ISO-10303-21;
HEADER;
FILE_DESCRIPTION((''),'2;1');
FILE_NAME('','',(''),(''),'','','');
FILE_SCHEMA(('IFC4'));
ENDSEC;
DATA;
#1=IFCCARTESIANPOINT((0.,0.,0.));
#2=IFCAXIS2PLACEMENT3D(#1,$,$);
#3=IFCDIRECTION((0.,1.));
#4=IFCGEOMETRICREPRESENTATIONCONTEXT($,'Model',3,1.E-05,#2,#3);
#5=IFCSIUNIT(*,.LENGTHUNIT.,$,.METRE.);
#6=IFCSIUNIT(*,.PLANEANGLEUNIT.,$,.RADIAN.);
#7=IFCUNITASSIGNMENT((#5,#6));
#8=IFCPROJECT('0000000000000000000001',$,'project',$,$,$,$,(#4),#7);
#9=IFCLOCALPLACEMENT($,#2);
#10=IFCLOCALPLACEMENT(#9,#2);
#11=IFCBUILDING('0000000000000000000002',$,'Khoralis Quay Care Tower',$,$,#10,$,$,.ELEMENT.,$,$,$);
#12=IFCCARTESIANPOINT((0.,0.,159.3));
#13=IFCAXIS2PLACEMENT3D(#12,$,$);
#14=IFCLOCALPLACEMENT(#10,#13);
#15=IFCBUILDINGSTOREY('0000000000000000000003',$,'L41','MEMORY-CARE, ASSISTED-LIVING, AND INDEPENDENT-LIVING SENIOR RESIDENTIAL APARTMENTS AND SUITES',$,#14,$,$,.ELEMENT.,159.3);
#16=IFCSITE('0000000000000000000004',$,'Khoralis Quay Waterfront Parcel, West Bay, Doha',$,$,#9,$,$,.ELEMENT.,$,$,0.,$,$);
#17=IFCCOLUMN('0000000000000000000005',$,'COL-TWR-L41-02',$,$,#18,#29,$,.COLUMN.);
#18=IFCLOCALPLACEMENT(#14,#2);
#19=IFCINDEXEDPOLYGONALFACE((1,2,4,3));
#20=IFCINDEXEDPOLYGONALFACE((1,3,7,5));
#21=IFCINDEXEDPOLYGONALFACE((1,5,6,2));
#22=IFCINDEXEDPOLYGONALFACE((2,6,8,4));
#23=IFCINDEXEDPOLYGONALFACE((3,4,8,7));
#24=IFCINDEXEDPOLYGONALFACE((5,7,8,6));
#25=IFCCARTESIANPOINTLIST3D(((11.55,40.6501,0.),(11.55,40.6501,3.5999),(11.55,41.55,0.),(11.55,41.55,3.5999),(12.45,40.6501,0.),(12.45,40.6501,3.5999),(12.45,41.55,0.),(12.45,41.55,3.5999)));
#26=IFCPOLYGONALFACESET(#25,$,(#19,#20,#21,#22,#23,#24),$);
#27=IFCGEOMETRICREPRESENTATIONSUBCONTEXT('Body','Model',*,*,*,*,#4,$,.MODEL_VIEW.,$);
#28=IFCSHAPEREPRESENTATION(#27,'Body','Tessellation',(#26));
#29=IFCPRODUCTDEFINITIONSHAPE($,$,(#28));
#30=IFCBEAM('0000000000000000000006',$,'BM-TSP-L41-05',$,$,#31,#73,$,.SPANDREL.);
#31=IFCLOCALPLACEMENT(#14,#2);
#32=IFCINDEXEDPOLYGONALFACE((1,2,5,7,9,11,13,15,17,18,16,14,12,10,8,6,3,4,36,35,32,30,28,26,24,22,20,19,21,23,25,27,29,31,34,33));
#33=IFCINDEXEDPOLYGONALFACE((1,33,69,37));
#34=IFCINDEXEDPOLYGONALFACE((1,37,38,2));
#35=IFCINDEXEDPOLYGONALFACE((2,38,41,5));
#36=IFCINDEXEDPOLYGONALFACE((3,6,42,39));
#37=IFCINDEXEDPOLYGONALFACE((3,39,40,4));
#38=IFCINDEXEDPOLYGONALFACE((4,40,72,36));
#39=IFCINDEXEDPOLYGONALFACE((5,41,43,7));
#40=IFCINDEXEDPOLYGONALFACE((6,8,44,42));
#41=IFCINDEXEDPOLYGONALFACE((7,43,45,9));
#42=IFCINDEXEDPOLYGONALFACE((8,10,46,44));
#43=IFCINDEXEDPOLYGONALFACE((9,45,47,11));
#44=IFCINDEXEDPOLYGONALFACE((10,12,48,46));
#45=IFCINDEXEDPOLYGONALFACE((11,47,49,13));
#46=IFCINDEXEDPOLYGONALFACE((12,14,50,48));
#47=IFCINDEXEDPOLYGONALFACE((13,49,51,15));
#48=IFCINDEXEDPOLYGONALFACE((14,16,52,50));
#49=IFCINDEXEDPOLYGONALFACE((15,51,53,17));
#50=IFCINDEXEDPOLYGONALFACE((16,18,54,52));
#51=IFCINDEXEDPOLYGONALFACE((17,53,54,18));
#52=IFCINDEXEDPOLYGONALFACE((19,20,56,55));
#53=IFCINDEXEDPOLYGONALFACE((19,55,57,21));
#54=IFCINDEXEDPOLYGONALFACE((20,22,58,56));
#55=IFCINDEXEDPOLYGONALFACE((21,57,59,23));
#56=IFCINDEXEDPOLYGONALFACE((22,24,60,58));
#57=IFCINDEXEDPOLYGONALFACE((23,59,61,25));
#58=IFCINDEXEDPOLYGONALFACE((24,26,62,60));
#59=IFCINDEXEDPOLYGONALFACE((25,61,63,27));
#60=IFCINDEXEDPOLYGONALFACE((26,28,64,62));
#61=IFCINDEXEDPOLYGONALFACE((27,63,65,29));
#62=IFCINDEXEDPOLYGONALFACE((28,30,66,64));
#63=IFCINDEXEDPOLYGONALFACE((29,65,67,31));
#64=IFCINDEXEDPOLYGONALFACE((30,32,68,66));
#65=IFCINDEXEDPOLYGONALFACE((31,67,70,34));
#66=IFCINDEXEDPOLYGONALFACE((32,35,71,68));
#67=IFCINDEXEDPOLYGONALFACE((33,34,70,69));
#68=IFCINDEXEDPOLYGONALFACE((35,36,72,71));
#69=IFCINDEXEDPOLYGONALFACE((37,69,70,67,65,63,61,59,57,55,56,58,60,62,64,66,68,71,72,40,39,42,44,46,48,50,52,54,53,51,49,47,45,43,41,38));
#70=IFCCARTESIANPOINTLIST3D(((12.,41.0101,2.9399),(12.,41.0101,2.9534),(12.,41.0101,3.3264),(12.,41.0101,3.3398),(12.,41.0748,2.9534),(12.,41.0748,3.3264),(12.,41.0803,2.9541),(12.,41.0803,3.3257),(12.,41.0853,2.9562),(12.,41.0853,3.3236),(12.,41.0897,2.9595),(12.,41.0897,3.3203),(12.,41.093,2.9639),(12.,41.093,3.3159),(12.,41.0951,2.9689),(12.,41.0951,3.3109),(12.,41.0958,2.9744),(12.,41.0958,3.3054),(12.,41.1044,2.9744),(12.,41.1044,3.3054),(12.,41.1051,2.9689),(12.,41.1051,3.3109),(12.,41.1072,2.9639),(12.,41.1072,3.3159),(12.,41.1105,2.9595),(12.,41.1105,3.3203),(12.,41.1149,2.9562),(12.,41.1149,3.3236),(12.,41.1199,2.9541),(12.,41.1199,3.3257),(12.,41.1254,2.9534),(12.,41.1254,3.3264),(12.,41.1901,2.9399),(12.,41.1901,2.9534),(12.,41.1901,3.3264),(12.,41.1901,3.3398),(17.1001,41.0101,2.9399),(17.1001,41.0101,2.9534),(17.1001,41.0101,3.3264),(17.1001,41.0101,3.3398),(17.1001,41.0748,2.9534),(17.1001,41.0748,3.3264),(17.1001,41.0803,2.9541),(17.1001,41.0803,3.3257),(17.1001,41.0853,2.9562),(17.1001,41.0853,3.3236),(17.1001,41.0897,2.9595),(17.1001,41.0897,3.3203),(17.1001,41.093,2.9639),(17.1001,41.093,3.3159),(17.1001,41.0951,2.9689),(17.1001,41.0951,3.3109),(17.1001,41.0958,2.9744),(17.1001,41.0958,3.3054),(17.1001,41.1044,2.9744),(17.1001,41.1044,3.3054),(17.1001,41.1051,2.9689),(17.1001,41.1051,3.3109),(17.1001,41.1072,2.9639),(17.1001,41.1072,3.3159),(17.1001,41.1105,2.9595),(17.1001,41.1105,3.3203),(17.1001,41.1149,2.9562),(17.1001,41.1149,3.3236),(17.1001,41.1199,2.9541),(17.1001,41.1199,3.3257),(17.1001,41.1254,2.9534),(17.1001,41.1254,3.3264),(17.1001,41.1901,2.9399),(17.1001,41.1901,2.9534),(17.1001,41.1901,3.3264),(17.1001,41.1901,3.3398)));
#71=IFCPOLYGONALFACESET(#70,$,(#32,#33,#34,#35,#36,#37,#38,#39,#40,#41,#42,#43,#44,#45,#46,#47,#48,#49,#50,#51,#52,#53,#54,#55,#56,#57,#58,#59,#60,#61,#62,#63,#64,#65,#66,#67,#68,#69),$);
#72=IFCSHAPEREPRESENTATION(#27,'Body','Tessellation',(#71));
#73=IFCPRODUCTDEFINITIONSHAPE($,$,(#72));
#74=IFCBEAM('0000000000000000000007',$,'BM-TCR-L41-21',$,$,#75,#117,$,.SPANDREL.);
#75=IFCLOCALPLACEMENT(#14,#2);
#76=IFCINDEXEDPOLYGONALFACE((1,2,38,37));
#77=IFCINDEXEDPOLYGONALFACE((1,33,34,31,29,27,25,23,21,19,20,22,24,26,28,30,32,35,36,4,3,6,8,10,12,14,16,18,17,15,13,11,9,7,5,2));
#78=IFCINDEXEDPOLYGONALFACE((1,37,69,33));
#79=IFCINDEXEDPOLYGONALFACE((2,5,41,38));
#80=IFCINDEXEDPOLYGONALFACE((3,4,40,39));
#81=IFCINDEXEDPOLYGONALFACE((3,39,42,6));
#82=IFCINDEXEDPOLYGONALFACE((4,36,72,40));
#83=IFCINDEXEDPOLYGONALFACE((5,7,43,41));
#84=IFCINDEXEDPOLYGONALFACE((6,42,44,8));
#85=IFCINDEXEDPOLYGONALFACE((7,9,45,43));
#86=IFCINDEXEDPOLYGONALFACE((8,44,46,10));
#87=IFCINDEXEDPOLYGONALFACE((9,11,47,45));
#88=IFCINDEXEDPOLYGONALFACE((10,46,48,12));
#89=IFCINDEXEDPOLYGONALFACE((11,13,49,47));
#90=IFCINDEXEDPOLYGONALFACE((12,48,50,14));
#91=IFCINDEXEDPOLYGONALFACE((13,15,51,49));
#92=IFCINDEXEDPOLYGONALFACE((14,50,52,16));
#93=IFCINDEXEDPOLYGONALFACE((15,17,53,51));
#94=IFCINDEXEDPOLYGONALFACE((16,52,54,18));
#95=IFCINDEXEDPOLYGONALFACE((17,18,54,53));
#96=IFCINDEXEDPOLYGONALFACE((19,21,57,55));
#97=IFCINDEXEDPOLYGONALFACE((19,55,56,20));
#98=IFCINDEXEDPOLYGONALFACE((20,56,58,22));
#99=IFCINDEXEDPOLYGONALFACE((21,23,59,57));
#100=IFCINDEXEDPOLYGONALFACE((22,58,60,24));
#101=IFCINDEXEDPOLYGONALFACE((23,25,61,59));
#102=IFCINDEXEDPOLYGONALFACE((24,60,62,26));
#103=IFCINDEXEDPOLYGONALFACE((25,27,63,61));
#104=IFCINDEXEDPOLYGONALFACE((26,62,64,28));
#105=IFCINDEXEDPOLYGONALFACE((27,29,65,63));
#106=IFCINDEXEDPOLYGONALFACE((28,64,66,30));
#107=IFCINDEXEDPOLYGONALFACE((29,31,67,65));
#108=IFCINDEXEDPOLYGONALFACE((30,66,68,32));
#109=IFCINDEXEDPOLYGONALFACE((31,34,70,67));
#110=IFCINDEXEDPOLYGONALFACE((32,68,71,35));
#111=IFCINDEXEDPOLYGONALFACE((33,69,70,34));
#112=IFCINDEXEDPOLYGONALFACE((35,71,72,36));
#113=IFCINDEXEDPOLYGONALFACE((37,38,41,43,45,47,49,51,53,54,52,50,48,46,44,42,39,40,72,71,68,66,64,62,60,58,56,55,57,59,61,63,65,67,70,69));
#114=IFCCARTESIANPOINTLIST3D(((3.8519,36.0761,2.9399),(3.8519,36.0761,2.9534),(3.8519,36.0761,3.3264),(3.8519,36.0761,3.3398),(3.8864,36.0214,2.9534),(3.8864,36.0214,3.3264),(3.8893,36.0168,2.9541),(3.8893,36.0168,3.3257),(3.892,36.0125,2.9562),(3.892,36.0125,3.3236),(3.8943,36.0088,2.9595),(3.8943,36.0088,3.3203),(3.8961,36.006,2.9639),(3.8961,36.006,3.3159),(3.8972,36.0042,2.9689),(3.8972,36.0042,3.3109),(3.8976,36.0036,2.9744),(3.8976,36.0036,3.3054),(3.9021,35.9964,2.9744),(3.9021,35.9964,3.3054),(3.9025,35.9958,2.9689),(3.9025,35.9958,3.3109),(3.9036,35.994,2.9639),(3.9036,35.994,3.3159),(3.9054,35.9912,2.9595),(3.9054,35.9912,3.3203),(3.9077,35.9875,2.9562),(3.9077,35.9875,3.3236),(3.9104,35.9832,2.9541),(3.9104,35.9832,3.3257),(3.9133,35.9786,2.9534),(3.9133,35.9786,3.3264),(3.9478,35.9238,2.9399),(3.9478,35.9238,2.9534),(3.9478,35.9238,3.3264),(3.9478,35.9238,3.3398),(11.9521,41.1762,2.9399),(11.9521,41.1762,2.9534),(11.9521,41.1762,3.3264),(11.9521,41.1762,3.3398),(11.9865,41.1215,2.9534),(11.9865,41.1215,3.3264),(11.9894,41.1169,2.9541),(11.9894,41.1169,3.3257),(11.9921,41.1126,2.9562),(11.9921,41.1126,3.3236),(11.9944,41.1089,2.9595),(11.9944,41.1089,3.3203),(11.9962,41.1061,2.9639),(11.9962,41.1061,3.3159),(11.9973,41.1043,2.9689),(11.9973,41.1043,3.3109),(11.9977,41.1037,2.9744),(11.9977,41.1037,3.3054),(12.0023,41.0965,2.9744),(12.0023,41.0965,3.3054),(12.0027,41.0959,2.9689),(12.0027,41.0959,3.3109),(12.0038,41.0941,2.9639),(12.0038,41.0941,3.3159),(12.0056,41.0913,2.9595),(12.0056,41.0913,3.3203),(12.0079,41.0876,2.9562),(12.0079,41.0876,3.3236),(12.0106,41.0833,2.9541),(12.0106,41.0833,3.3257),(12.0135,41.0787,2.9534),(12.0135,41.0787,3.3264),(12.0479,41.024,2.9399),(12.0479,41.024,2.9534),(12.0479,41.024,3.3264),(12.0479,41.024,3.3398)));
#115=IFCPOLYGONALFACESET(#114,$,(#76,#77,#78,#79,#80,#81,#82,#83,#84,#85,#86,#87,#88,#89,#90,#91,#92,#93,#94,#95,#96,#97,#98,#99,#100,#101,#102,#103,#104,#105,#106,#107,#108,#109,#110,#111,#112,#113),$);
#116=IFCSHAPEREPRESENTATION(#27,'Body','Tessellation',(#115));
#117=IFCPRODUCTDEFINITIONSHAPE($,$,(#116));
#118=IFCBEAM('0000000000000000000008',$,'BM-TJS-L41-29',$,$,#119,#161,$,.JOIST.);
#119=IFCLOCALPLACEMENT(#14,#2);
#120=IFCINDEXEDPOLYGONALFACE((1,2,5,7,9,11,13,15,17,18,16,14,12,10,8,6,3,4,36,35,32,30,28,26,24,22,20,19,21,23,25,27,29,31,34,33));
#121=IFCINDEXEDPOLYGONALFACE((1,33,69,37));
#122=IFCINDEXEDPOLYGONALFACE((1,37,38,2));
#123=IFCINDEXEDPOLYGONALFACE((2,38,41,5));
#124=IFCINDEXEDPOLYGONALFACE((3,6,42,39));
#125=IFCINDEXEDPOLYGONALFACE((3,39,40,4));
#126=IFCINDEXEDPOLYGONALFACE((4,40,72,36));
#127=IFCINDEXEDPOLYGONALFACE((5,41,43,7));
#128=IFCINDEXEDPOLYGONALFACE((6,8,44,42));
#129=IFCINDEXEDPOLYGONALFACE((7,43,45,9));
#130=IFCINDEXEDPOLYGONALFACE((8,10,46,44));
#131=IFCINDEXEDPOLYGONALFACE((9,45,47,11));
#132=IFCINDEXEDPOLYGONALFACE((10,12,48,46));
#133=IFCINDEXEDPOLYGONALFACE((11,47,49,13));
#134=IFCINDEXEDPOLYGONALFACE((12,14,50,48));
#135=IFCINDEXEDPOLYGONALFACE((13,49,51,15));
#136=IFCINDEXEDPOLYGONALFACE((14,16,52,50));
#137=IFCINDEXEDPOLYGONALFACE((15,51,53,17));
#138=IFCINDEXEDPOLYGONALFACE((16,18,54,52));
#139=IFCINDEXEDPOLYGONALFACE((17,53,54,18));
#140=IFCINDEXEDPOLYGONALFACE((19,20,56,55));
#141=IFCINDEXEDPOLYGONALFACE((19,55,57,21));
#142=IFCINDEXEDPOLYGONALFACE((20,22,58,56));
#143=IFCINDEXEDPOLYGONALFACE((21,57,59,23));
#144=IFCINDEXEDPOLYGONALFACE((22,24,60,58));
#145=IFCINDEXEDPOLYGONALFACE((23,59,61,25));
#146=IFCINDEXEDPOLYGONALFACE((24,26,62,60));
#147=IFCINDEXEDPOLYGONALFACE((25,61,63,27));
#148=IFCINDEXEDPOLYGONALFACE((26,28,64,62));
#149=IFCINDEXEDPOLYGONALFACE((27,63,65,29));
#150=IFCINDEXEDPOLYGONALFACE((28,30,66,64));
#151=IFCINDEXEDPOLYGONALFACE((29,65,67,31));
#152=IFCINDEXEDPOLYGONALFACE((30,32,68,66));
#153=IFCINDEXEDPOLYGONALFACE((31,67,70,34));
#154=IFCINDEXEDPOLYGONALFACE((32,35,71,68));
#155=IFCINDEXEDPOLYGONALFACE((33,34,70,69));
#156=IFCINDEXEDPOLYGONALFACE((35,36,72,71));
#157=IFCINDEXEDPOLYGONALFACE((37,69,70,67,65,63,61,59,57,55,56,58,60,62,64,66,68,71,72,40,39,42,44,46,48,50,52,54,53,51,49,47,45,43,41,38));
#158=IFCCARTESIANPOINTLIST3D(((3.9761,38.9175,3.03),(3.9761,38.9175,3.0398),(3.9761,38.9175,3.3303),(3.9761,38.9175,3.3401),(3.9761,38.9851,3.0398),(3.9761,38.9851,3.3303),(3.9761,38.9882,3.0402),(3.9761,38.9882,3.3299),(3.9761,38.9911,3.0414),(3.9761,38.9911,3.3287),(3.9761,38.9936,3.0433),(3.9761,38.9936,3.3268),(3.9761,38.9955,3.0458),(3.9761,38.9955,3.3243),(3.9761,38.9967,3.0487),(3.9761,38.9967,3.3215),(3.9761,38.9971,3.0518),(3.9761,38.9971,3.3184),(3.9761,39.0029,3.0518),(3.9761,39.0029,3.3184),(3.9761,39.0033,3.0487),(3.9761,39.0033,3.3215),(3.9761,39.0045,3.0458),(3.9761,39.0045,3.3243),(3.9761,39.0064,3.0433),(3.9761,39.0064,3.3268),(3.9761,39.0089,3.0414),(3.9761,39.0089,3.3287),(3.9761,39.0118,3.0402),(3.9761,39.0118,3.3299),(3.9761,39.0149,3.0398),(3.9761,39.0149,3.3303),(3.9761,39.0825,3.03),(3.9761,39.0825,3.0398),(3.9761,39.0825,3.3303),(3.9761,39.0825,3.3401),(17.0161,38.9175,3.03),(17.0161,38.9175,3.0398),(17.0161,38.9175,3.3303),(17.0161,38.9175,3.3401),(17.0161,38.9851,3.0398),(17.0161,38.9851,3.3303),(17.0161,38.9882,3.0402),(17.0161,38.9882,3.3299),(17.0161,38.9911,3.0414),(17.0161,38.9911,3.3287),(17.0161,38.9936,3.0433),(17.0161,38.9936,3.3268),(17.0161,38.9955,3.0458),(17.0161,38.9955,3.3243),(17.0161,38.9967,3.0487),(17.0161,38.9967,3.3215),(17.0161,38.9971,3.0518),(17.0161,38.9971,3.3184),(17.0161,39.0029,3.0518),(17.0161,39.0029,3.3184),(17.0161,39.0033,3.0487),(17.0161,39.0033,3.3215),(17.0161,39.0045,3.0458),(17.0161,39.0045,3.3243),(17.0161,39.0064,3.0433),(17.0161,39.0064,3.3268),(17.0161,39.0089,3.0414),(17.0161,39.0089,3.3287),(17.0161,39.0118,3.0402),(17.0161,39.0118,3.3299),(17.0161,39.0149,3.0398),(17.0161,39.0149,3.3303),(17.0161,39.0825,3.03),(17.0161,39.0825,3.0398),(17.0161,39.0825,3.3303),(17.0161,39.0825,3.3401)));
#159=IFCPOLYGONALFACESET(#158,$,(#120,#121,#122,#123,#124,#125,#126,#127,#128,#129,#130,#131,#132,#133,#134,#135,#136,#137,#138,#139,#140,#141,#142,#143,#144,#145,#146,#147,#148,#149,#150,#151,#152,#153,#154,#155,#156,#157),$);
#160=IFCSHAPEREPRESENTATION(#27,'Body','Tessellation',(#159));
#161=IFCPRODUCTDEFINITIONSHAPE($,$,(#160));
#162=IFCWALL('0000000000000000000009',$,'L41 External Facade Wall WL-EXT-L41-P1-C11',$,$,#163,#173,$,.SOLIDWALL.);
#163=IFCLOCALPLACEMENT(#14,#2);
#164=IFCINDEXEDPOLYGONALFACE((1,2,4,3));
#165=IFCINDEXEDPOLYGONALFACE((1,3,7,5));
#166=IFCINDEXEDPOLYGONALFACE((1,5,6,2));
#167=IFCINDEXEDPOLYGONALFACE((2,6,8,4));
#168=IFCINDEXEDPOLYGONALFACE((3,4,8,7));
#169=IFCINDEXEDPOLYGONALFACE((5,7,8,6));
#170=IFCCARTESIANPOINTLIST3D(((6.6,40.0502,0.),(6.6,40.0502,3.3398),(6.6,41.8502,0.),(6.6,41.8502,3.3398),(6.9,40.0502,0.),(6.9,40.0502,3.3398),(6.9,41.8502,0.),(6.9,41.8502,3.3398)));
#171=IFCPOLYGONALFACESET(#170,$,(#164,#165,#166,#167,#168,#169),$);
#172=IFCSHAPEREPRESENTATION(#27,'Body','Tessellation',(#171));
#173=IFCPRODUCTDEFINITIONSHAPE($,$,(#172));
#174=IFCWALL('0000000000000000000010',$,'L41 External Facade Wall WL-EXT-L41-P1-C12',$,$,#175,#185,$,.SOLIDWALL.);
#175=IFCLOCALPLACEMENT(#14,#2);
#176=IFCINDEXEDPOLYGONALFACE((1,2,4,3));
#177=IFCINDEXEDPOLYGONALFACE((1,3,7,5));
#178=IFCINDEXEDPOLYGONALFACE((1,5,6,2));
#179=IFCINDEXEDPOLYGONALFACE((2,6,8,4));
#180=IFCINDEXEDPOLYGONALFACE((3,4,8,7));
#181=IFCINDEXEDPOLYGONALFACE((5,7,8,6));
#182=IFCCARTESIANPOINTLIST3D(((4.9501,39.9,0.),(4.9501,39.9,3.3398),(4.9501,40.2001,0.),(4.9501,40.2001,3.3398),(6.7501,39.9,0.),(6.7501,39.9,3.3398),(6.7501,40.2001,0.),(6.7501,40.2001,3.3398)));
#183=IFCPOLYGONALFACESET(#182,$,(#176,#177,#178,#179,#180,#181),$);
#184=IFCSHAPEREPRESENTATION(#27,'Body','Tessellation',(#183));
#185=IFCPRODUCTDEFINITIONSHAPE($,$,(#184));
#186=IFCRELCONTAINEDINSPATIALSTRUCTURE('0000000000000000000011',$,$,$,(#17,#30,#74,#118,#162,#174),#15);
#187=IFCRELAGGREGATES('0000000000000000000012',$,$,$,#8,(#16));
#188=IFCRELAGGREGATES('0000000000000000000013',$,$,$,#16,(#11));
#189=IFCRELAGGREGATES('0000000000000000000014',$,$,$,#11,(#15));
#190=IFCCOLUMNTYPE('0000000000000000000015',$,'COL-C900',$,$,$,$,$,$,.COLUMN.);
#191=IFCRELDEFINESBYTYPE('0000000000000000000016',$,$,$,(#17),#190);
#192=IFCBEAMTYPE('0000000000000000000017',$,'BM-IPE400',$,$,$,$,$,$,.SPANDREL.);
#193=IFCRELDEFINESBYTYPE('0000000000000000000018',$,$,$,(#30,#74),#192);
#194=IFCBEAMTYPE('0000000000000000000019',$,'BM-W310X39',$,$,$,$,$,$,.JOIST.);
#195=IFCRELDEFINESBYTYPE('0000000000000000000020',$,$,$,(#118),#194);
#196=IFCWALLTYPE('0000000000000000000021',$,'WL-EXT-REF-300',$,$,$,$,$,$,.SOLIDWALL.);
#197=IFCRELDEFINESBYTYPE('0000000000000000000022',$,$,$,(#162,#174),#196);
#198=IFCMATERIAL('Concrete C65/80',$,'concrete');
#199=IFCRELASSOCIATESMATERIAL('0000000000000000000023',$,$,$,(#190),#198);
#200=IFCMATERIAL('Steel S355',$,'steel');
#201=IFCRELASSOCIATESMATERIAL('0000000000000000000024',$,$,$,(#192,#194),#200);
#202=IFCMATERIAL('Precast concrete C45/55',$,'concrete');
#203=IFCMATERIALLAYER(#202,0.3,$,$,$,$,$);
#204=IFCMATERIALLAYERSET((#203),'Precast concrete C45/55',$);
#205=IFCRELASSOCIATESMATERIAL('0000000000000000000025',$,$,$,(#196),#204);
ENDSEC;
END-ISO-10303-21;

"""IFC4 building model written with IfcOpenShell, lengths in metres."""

from ifc_helpers import new_model, si_unit, direction, frame, frame_2d, origin, origin_2d, place, context, subcontext, project, spatial, rectangle, i_section, extrude, source, transform, mapped, material, layer, layer_set, material_profile, profile_set, type_object, element, save


model = new_model("IFC4")

# Units and contexts
model_context = context("Model", 3, precision=1e-05, world=origin(), true_north=direction((0.0, 1.0)))
body_context = subcontext(model_context, "Body", "Model", "MODEL_VIEW")
ifc_project = project(units=[si_unit("LENGTHUNIT", "METRE"), si_unit("PLANEANGLEUNIT", "RADIAN")], contexts=[model_context])

# Site, building, storey
site_placement = place(None, origin())
site = spatial("IfcSite", under=ifc_project, at=site_placement, Name="Khoralis Quay Waterfront Parcel, West Bay, Doha", CompositionType="ELEMENT", RefElevation=0.0)
building_placement = place(site_placement, origin())
building = spatial("IfcBuilding", under=site, at=building_placement, Name="Khoralis Quay Care Tower", CompositionType="ELEMENT")
storey_placement = place(building_placement, frame((0.0, 0.0, 159.3)))
storey = spatial("IfcBuildingStorey", under=building, at=storey_placement, Name="L41", Description="MEMORY-CARE, ASSISTED-LIVING, AND INDEPENDENT-LIVING SENIOR RESIDENTIAL APARTMENTS AND SUITES", CompositionType="ELEMENT", Elevation=159.3)

# Column
ifc_material_1 = material(Name="Concrete C65/80", Category="concrete")
ifc_material_profile_1 = material_profile(ifc_material_1, rectangle(XDim=0.8999, YDim=0.8999, at=origin_2d()), Name="Concrete C65/80")
ifc_profile_set_1 = profile_set([ifc_material_profile_1], Name="Concrete C65/80")
column_type = type_object("IfcColumnType", Name="COL-C900", PredefinedType="COLUMN", material=ifc_profile_set_1)
shared_shape_1 = source(origin(), body_context, "Body", "SweptSolid", [
    extrude(rectangle(XDim=0.8999, YDim=0.8999, at=origin_2d()), origin(), (0.0, 0.0, 1.0), 3.5999),
])
column_placement = place(storey_placement, frame((12.0, 41.1001, 0.0), z_axis=(0.0, 0.0, 1.0), x_axis=(1.0, 0.0, 0.0)))
element("IfcColumn", 1, at=column_placement, inside=storey, type_object=column_type, Name="COL-TWR-L41-02", PredefinedType="COLUMN", context=body_context, shape_type="MappedRepresentation", body=[
    mapped(shared_shape_1, transform((0.0, 0.0, 0.0), scale=1.0)),
])

# Beams
ifc_material_2 = material(Name="Steel S355", Category="steel")
ifc_material_profile_2 = material_profile(ifc_material_2, i_section(OverallWidth=0.1799, OverallDepth=0.3999, WebThickness=0.0085, FlangeThickness=0.0134, FilletRadius=0.021, at=origin_2d()), Name="Steel S355")
ifc_profile_set_2 = profile_set([ifc_material_profile_2], Name="Steel S355")
beam_type_1 = type_object("IfcBeamType", Name="BM-IPE400", PredefinedType="SPANDREL", material=ifc_profile_set_2)
shared_shape_2 = source(origin(), body_context, "Body", "SweptSolid", [
    extrude(i_section(OverallWidth=0.1799, OverallDepth=0.3999, WebThickness=0.0085, FlangeThickness=0.0134, FilletRadius=0.021, at=origin_2d()), origin(), (0.0, 0.0, 1.0), 5.1001),
])
beam_1_placement = place(storey_placement, frame((12.0, 41.1001, 3.1399), z_axis=(1.0, 0.0, 0.0), x_axis=(0.0, 1.0, 0.0)))
element("IfcBeam", 2, at=beam_1_placement, inside=storey, type_object=beam_type_1, Name="BM-TSP-L41-05", PredefinedType="SPANDREL", context=body_context, shape_type="MappedRepresentation", body=[
    mapped(shared_shape_2, transform((0.0, 0.0, 0.0), scale=1.0)),
])
shared_shape_3 = source(origin(), body_context, "Body", "SweptSolid", [
    extrude(i_section(OverallWidth=0.1799, OverallDepth=0.3999, WebThickness=0.0085, FlangeThickness=0.0134, FilletRadius=0.021, at=origin_2d()), origin(), (0.0, 0.0, 1.0), 9.572),
])
beam_2_placement = place(storey_placement, frame((12.0, 41.1001, 3.1399), z_axis=(-0.846231, -0.532816, 0.0), x_axis=(0.532816, -0.846231, 0.0)))
element("IfcBeam", 3, at=beam_2_placement, inside=storey, type_object=beam_type_1, Name="BM-TCR-L41-21", PredefinedType="SPANDREL", context=body_context, shape_type="MappedRepresentation", body=[
    mapped(shared_shape_3, transform((0.0, 0.0, 0.0), scale=1.0)),
])
ifc_material_profile_3 = material_profile(ifc_material_2, i_section(OverallWidth=0.165, OverallDepth=0.3101, WebThickness=0.0059, FlangeThickness=0.0098, FilletRadius=0.012, at=origin_2d()), Name="Steel S355")
ifc_profile_set_3 = profile_set([ifc_material_profile_3], Name="Steel S355")
beam_type_2 = type_object("IfcBeamType", Name="BM-W310X39", PredefinedType="JOIST", material=ifc_profile_set_3)
shared_shape_4 = source(origin(), body_context, "Body", "SweptSolid", [
    extrude(i_section(OverallWidth=0.165, OverallDepth=0.3101, WebThickness=0.0059, FlangeThickness=0.0098, FilletRadius=0.012, at=origin_2d()), origin(), (0.0, 0.0, 1.0), 13.04),
])
beam_3_placement = place(storey_placement, frame((3.9761, 39.0, 3.1851), z_axis=(1.0, 0.0, 0.0), x_axis=(0.0, 1.0, 0.0)))
element("IfcBeam", 4, at=beam_3_placement, inside=storey, type_object=beam_type_2, Name="BM-TJS-L41-29", PredefinedType="JOIST", context=body_context, shape_type="MappedRepresentation", body=[
    mapped(shared_shape_4, transform((0.0, 0.0, 0.0), scale=1.0)),
])

# Walls
ifc_material_3 = material(Name="Precast concrete C45/55", Category="concrete")
ifc_layer_1 = layer(ifc_material_3, 0.3)
ifc_layer_set_1 = layer_set([ifc_layer_1], Name="Precast concrete C45/55")
wall_type_1 = type_object("IfcWallType", Name="WL-EXT-REF-300", PredefinedType="SOLIDWALL", material=ifc_layer_set_1)
for number, where, z_axis, x_axis, name in (
    (5, (6.75, 41.8501, 0.0), (0.0, 0.0, 1.0), (0.0, -1.0, 0.0), "L41 External Facade Wall WL-EXT-L41-P1-C11"),
    (6, (6.75, 40.05, 0.0), (0.0, 0.0, 1.0), (-1.0, 0.0, 0.0), "L41 External Facade Wall WL-EXT-L41-P1-C12"),
):
    element("IfcWall", number, at=place(storey_placement, frame(where, z_axis=z_axis, x_axis=x_axis)), inside=storey, type_object=wall_type_1, Name=name, PredefinedType="SOLIDWALL", context=body_context, shape_type="SweptSolid", body=[
        extrude(rectangle(XDim=1.8, YDim=0.3, at=frame_2d((0.8999, 0.0))), origin(), (0.0, 0.0, 1.0), 3.3398),
    ])

save(model, "model.ifc")
